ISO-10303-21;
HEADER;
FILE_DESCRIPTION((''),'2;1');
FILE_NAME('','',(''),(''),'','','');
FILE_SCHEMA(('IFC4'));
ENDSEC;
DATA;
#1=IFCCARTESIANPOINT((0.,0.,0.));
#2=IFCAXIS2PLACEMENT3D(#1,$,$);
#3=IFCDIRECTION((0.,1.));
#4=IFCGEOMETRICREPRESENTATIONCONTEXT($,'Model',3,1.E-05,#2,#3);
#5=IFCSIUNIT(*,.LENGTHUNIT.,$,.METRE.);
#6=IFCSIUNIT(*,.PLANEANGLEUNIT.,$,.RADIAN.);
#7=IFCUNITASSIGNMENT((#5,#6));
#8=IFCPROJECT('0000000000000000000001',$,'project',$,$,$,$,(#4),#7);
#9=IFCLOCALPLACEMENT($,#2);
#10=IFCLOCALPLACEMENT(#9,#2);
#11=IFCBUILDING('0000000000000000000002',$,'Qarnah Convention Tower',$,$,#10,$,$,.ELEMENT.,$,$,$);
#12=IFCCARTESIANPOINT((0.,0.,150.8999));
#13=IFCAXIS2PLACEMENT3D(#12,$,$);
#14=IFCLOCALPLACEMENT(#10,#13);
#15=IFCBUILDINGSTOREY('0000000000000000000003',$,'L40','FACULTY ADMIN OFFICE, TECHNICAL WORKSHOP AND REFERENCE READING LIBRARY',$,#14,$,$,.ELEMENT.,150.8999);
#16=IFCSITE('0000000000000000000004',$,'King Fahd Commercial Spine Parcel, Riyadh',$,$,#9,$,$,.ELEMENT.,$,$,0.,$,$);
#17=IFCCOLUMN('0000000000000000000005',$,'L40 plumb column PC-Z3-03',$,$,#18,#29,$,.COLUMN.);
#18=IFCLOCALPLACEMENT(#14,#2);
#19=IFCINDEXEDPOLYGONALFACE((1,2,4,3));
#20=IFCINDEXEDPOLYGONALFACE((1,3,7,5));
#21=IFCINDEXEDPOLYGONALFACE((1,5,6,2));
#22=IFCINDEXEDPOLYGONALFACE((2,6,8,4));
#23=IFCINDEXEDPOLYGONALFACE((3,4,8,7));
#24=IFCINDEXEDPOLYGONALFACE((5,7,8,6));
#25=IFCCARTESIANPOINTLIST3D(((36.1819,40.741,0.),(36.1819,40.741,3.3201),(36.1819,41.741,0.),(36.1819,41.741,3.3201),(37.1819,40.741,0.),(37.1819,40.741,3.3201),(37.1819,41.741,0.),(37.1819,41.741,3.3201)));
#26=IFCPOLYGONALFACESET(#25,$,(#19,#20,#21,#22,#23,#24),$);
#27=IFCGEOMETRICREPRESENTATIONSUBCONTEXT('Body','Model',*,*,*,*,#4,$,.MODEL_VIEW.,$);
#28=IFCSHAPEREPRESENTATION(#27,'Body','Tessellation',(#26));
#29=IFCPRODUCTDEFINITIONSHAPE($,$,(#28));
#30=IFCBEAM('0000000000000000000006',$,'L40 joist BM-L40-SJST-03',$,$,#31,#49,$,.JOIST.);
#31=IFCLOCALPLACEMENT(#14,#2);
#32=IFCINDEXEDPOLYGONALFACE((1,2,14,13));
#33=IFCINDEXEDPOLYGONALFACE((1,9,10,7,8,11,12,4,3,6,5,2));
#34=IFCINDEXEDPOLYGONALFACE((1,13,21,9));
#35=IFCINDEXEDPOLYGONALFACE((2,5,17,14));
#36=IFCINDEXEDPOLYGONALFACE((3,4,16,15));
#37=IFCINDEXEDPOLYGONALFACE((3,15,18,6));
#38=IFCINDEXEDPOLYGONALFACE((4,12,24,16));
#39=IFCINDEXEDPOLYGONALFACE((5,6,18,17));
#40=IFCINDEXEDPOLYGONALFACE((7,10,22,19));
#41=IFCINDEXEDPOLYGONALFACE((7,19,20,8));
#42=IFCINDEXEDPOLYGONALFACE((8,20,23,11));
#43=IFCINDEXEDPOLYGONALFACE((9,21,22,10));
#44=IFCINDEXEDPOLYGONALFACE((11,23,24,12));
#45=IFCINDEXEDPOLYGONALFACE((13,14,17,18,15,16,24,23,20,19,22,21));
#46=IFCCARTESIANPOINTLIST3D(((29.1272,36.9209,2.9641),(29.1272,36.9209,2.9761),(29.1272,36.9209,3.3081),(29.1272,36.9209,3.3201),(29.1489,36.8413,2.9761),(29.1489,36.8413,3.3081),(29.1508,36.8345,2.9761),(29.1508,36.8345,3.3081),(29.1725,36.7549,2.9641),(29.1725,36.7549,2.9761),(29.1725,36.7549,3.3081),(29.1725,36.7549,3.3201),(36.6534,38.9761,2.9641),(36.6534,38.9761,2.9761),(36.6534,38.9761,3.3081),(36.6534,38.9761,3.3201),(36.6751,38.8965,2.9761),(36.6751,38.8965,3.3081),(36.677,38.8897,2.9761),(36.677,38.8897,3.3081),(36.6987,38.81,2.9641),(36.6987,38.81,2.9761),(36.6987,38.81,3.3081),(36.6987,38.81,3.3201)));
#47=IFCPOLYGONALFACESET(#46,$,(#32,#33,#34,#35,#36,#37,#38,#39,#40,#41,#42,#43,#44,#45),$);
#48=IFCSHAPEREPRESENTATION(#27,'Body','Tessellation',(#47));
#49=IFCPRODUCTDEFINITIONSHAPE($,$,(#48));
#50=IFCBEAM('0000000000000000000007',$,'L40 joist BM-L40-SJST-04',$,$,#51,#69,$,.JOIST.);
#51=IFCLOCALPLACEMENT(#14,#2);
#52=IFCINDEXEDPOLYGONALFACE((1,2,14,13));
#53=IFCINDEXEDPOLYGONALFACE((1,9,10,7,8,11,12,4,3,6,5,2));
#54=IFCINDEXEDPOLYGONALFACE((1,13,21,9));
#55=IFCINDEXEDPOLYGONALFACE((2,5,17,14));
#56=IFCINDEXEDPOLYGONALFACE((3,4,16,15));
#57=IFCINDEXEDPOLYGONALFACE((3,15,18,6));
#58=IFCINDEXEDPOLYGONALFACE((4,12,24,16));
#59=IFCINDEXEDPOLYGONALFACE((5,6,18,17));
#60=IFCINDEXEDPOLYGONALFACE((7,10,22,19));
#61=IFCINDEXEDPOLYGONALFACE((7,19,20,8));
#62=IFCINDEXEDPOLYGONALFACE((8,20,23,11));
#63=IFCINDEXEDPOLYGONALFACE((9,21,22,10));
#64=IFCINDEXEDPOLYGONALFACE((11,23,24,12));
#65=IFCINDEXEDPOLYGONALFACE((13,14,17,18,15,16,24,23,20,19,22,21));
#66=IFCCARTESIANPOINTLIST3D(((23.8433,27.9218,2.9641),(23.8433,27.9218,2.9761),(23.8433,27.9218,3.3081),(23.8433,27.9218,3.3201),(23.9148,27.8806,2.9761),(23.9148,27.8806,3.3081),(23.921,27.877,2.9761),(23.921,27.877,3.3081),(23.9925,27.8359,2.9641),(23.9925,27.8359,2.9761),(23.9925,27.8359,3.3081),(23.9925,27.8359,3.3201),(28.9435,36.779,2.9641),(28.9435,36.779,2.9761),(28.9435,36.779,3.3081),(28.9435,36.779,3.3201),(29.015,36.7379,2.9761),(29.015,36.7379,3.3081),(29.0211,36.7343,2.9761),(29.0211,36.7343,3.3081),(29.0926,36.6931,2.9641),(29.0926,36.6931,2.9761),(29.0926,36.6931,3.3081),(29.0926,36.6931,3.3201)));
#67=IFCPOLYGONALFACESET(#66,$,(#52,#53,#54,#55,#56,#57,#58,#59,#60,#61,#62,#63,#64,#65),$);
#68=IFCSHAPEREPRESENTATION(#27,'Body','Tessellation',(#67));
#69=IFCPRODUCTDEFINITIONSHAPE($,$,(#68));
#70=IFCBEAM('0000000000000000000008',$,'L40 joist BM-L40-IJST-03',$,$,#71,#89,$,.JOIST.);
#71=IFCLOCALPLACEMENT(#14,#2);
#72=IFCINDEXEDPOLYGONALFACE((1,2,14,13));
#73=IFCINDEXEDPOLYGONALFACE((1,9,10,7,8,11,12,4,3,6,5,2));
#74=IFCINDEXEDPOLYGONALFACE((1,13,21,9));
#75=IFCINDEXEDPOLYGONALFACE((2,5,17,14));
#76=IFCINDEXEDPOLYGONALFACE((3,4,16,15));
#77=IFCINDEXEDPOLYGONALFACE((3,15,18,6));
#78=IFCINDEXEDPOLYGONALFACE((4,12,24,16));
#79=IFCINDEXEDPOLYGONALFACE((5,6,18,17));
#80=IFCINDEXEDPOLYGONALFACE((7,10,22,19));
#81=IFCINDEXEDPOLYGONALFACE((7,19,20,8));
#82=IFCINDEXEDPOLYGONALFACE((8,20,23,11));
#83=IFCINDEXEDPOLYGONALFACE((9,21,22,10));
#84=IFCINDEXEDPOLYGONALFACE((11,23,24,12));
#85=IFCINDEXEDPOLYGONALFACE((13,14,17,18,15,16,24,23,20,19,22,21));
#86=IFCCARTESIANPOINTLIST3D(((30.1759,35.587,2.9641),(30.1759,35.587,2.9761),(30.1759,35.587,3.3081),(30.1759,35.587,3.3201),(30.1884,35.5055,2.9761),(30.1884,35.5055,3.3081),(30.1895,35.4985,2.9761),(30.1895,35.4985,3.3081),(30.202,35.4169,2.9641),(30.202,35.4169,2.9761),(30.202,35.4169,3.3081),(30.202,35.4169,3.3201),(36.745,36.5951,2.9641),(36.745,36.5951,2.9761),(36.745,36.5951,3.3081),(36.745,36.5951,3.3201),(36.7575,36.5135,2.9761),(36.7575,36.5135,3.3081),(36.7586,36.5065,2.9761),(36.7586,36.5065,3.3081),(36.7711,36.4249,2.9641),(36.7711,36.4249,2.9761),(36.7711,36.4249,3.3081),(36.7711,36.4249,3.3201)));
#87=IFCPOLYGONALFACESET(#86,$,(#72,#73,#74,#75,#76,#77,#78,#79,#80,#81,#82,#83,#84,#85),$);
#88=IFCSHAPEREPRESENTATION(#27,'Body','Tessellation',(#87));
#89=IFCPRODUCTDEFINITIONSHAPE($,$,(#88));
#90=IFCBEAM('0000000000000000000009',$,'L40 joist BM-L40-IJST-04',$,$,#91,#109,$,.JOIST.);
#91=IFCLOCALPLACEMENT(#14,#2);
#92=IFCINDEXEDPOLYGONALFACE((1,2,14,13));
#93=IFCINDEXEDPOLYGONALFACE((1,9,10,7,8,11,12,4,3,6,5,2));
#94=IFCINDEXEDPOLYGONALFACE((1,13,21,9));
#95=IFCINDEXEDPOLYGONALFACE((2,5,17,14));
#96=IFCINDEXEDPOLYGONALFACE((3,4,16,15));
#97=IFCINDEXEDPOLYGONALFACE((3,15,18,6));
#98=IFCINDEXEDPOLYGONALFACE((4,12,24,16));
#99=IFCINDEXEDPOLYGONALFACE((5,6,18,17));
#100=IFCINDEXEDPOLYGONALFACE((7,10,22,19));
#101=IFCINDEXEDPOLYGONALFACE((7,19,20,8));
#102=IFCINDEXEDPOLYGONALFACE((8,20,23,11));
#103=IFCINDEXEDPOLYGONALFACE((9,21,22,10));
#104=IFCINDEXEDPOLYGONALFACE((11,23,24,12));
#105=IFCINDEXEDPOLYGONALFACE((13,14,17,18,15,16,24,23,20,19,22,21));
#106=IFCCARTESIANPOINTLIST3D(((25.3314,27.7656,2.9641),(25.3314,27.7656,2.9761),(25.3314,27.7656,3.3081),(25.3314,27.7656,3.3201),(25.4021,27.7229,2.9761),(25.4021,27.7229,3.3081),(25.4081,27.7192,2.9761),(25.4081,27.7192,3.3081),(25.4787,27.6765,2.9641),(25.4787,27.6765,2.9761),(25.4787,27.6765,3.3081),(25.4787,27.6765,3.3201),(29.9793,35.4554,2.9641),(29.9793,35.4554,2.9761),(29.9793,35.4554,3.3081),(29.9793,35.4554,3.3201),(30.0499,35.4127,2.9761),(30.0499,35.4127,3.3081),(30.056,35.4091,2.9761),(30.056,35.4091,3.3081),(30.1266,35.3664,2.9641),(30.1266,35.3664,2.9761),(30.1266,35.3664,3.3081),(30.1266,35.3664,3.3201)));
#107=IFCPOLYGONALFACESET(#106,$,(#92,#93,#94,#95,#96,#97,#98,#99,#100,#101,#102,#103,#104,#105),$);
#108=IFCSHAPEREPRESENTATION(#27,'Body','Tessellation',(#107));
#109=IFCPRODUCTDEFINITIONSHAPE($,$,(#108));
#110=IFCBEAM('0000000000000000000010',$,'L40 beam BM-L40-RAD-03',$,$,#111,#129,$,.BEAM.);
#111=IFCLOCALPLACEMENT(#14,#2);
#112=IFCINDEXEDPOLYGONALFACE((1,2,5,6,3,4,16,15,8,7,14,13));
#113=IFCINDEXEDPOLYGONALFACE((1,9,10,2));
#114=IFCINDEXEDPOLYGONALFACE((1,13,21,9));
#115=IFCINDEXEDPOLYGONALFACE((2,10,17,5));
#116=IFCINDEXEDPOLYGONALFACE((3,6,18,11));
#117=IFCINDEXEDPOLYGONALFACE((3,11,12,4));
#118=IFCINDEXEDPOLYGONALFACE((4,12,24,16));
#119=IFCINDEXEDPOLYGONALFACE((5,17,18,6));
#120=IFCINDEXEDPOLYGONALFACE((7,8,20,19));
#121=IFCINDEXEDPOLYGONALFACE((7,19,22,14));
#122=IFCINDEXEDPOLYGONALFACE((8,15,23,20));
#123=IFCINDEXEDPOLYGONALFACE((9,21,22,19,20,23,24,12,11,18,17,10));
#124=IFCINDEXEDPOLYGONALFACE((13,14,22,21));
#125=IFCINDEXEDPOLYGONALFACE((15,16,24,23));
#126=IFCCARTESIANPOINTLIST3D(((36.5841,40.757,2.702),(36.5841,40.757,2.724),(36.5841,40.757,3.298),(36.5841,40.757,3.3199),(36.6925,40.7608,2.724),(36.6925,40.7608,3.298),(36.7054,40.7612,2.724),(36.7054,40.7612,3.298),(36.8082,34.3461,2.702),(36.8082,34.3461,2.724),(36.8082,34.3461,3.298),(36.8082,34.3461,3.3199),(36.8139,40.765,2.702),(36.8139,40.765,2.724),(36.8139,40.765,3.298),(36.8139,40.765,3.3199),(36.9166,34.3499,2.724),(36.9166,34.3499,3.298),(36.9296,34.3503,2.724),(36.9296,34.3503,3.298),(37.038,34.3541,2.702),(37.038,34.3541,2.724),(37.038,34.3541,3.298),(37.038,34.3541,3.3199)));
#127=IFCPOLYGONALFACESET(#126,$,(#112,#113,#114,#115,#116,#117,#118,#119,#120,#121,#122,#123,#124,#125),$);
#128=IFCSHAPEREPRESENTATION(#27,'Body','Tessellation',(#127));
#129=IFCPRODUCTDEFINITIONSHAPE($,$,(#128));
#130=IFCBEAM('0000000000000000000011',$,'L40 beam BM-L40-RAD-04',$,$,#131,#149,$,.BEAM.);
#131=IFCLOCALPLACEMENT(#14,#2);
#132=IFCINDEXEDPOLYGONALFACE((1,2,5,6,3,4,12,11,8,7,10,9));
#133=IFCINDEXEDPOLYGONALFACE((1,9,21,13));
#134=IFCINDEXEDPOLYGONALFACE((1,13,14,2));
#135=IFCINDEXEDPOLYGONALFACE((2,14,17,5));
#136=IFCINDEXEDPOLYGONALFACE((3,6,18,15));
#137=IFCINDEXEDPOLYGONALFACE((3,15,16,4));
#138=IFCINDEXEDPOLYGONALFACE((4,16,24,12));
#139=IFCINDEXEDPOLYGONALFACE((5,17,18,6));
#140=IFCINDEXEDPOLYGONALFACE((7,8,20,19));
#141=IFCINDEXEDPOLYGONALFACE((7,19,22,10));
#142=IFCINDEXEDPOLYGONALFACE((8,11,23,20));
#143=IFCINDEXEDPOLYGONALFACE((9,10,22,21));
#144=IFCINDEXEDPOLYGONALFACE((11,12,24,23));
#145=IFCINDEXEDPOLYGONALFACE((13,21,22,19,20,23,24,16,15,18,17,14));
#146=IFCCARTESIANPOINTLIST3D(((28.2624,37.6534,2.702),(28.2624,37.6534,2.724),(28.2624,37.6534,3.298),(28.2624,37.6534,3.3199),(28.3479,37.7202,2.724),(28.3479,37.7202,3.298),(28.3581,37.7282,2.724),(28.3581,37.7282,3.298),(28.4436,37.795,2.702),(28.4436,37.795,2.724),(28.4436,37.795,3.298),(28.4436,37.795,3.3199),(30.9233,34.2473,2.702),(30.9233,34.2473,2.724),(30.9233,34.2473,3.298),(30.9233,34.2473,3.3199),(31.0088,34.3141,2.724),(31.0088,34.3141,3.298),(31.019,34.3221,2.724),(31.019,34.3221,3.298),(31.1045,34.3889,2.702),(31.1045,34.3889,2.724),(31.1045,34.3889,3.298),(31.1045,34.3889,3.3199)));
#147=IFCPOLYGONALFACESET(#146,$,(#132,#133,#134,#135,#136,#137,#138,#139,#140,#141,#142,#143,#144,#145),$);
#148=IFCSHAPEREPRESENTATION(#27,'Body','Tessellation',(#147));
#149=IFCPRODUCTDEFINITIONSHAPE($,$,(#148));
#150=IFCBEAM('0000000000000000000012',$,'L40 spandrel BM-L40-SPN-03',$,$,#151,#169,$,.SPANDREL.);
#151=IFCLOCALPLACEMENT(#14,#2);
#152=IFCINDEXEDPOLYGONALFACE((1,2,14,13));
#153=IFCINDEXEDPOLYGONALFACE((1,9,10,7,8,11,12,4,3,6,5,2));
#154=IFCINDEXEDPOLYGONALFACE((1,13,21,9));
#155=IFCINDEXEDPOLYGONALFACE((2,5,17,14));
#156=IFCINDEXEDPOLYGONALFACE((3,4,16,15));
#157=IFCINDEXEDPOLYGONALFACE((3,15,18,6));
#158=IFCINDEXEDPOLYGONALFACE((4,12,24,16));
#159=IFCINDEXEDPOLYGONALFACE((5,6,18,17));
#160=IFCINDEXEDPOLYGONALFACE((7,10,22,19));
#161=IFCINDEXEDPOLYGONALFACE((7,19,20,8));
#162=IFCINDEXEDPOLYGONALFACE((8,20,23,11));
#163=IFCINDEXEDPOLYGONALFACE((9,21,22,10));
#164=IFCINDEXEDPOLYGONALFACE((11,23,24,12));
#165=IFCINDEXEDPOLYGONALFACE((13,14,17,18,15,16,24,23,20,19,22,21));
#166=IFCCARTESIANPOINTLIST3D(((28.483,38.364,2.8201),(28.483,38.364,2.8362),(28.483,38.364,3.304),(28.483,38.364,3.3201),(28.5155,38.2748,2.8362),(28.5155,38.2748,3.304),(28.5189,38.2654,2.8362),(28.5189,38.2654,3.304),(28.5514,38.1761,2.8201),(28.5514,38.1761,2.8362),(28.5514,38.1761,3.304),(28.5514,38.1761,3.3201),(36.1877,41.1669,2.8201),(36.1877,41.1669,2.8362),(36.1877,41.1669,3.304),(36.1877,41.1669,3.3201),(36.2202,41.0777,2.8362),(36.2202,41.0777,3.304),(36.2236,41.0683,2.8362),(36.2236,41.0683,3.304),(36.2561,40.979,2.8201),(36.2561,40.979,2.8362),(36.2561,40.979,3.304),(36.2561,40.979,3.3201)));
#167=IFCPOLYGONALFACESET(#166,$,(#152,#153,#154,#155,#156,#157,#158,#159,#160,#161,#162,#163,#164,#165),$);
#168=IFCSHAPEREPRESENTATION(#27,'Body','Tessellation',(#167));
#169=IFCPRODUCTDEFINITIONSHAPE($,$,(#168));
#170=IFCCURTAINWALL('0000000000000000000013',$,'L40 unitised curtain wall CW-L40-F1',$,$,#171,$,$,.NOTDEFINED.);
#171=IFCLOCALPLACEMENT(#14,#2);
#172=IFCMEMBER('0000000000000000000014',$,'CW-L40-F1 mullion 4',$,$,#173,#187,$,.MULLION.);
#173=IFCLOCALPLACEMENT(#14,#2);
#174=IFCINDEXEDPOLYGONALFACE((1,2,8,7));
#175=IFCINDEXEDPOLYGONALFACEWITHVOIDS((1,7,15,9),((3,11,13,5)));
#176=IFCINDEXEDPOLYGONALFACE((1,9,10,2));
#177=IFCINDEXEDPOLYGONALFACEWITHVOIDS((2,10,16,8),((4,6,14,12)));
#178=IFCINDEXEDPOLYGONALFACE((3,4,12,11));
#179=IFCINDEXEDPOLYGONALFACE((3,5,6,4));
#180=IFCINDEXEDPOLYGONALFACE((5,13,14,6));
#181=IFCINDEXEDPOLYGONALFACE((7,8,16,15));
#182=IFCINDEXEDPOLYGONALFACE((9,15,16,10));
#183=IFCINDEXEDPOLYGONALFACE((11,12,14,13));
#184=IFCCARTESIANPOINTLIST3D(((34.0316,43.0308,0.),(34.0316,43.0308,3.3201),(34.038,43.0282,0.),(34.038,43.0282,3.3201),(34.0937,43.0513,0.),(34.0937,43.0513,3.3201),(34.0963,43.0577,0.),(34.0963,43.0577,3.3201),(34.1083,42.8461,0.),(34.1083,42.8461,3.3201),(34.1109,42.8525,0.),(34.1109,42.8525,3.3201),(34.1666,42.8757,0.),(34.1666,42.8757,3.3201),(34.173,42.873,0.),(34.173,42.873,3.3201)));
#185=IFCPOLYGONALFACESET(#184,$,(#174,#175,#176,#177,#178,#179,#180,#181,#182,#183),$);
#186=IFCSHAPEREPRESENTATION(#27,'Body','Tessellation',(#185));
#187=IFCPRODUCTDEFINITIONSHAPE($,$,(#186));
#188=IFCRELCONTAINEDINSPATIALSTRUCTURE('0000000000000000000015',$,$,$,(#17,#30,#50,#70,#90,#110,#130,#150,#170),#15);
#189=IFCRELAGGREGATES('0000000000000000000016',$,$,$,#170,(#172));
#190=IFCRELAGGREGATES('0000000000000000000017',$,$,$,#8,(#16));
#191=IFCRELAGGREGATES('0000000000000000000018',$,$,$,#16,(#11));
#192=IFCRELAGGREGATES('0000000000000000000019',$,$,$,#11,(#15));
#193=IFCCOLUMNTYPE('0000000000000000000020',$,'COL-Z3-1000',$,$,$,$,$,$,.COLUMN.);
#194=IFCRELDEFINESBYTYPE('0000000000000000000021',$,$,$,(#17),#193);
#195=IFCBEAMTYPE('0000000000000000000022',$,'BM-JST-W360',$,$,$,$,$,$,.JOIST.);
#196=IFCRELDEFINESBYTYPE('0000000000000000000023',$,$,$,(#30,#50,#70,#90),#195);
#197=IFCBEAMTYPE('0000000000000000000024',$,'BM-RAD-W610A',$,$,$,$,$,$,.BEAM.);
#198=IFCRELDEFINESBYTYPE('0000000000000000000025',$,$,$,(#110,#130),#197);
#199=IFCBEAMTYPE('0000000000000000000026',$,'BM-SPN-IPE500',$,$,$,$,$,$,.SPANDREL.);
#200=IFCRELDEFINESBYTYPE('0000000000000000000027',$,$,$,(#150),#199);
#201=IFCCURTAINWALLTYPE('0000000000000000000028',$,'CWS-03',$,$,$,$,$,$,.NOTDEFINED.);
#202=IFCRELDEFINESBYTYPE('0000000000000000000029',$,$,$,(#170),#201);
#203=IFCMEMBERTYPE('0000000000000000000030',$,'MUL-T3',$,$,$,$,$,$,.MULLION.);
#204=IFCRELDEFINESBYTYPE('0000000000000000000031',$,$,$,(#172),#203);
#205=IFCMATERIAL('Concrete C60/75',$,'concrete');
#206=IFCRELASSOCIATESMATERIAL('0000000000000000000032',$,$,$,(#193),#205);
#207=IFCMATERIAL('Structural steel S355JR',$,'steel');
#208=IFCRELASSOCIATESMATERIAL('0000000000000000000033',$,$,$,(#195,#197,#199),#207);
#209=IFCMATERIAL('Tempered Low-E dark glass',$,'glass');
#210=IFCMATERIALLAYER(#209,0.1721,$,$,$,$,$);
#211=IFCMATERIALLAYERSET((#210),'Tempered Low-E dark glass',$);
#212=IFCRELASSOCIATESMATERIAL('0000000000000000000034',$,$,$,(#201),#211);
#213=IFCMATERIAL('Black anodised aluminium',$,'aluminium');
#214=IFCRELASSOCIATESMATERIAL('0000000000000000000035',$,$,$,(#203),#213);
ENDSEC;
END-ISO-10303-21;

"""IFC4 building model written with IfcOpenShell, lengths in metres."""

from ifc_helpers import new_model, si_unit, direction, frame, origin, origin_2d, place, context, subcontext, project, spatial, rectangle, hollow_rectangle, i_section, extrude, material, layer, layer_set, material_profile, profile_set, type_object, element, aggregate, save


model = new_model("IFC4")

# Units and contexts
model_context = context("Model", 3, precision=1e-05, world=origin(), true_north=direction((0.0, 1.0)))
body_context = subcontext(model_context, "Body", "Model", "MODEL_VIEW")
ifc_project = project(units=[si_unit("LENGTHUNIT", "METRE"), si_unit("PLANEANGLEUNIT", "RADIAN")], contexts=[model_context])

# Site, building, storey
site_placement = place(None, origin())
site = spatial("IfcSite", under=ifc_project, at=site_placement, Name="King Fahd Commercial Spine Parcel, Riyadh", CompositionType="ELEMENT", RefElevation=0.0)
building_placement = place(site_placement, origin())
building = spatial("IfcBuilding", under=site, at=building_placement, Name="Qarnah Convention Tower", CompositionType="ELEMENT")
storey_placement = place(building_placement, frame((0.0, 0.0, 150.8999)))
storey = spatial("IfcBuildingStorey", under=building, at=storey_placement, Name="L40", Description="FACULTY ADMIN OFFICE, TECHNICAL WORKSHOP AND REFERENCE READING LIBRARY", CompositionType="ELEMENT", Elevation=150.8999)

# Column
ifc_material_1 = material(Name="Concrete C60/75", Category="concrete")
ifc_material_profile_1 = material_profile(ifc_material_1, rectangle(XDim=1.0, YDim=1.0, at=origin_2d()), Name="RC-COL-1000X1000")
ifc_profile_set_1 = profile_set([ifc_material_profile_1], Name="Concrete C60/75")
column_type = type_object("IfcColumnType", Name="COL-Z3-1000", PredefinedType="COLUMN", material=ifc_profile_set_1)
column_placement = place(storey_placement, frame((36.6819, 41.241, 0.0), z_axis=(0.0, 0.0, 1.0), x_axis=(1.0, 0.0, 0.0)))
element("IfcColumn", 1, at=column_placement, inside=storey, type_object=column_type, Name="L40 plumb column PC-Z3-03", PredefinedType="COLUMN", context=body_context, shape_type="SweptSolid", body=[
    extrude(rectangle(XDim=1.0, YDim=1.0, at=origin_2d()), origin(), (0.0, 0.0, 1.0), 3.3201),
])

# Beams
ifc_material_2 = material(Name="Structural steel S355JR", Category="steel")
ifc_material_profile_2 = material_profile(ifc_material_2, i_section(OverallWidth=0.1721, OverallDepth=0.356, WebThickness=0.0071, FlangeThickness=0.012, at=origin_2d()), Name="W360X51")
ifc_profile_set_2 = profile_set([ifc_material_profile_2], Name="Structural steel S355JR")
beam_type_1 = type_object("IfcBeamType", Name="BM-JST-W360", PredefinedType="JOIST", material=ifc_profile_set_2)
beam_1_placement = place(storey_placement, frame((36.676, 38.8931, 3.1421), z_axis=(-0.964679, -0.263427, 0.0), x_axis=(0.263427, -0.964679, 0.0)))
element("IfcBeam", 2, at=beam_1_placement, inside=storey, type_object=beam_type_1, Name="L40 joist BM-L40-SJST-03", PredefinedType="JOIST", context=body_context, shape_type="SweptSolid", body=[
    extrude(i_section(OverallWidth=0.1721, OverallDepth=0.356, WebThickness=0.0071, FlangeThickness=0.012, at=origin_2d()), origin(), (0.0, 0.0, 1.0), 7.8018),
])
beam_2_placement = place(storey_placement, frame((29.0181, 36.7361, 3.1421), z_axis=(-0.499002, -0.866601, 0.0), x_axis=(0.866601, -0.499002, 0.0)))
element("IfcBeam", 3, at=beam_2_placement, inside=storey, type_object=beam_type_1, Name="L40 joist BM-L40-SJST-04", PredefinedType="JOIST", context=body_context, shape_type="SweptSolid", body=[
    extrude(i_section(OverallWidth=0.1721, OverallDepth=0.356, WebThickness=0.0071, FlangeThickness=0.012, at=origin_2d()), origin(), (0.0, 0.0, 1.0), 10.2207),
])
beam_3_placement = place(storey_placement, frame((36.7581, 36.51, 3.1421), z_axis=(-0.98843, -0.151679, 0.0), x_axis=(0.151679, -0.98843, 0.0)))
element("IfcBeam", 4, at=beam_3_placement, inside=storey, type_object=beam_type_1, Name="L40 joist BM-L40-IJST-03", PredefinedType="JOIST", context=body_context, shape_type="SweptSolid", body=[
    extrude(i_section(OverallWidth=0.1721, OverallDepth=0.356, WebThickness=0.0071, FlangeThickness=0.012, at=origin_2d()), origin(), (0.0, 0.0, 1.0), 6.646),
])
beam_4_placement = place(storey_placement, frame((30.053, 35.4109, 3.1421), z_axis=(-0.517274, -0.85582, 0.0), x_axis=(0.85582, -0.517274, 0.0)))
element("IfcBeam", 5, at=beam_4_placement, inside=storey, type_object=beam_type_1, Name="L40 joist BM-L40-IJST-04", PredefinedType="JOIST", context=body_context, shape_type="SweptSolid", body=[
    extrude(i_section(OverallWidth=0.1721, OverallDepth=0.356, WebThickness=0.0071, FlangeThickness=0.012, at=origin_2d()), origin(), (0.0, 0.0, 1.0), 8.9854),
])
ifc_material_profile_3 = material_profile(ifc_material_2, i_section(OverallWidth=0.23, OverallDepth=0.6179, WebThickness=0.0129, FlangeThickness=0.022, at=origin_2d()), Name="W610X140")
ifc_profile_set_3 = profile_set([ifc_material_profile_3], Name="Structural steel S355JR")
beam_type_2 = type_object("IfcBeamType", Name="BM-RAD-W610A", PredefinedType="BEAM", material=ifc_profile_set_3)
beam_5_placement = place(storey_placement, frame((36.9231, 34.3501, 3.011), z_axis=(-0.034938, 0.999389, 0.0), x_axis=(-0.999389, -0.034938, 0.0)))
element("IfcBeam", 6, at=beam_5_placement, inside=storey, type_object=beam_type_2, Name="L40 beam BM-L40-RAD-03", PredefinedType="BEAM", context=body_context, shape_type="SweptSolid", body=[
    extrude(i_section(OverallWidth=0.23, OverallDepth=0.6179, WebThickness=0.0129, FlangeThickness=0.022, at=origin_2d()), origin(), (0.0, 0.0, 1.0), 6.4148),
])
beam_6_placement = place(storey_placement, frame((31.0139, 34.3181, 3.011), z_axis=(-0.615636, 0.78803, 0.0), x_axis=(-0.78803, -0.615636, 0.0)))
element("IfcBeam", 7, at=beam_6_placement, inside=storey, type_object=beam_type_2, Name="L40 beam BM-L40-RAD-04", PredefinedType="BEAM", context=body_context, shape_type="SweptSolid", body=[
    extrude(i_section(OverallWidth=0.23, OverallDepth=0.6179, WebThickness=0.0129, FlangeThickness=0.022, at=origin_2d()), origin(), (0.0, 0.0, 1.0), 4.3223),
])
ifc_material_profile_4 = material_profile(ifc_material_2, i_section(OverallWidth=0.2, OverallDepth=0.5, WebThickness=0.01, FlangeThickness=0.0161, at=origin_2d()), Name="IPE500")
ifc_profile_set_4 = profile_set([ifc_material_profile_4], Name="Structural steel S355JR")
beam_type_3 = type_object("IfcBeamType", Name="BM-SPN-IPE500", PredefinedType="SPANDREL", material=ifc_profile_set_4)
beam_7_placement = place(storey_placement, frame((36.2219, 41.073, 3.0701), z_axis=(-0.939746, -0.341875, 0.0), x_axis=(0.341875, -0.939746, 0.0)))
element("IfcBeam", 8, at=beam_7_placement, inside=storey, type_object=beam_type_3, Name="L40 spandrel BM-L40-SPN-03", PredefinedType="SPANDREL", context=body_context, shape_type="SweptSolid", body=[
    extrude(i_section(OverallWidth=0.2, OverallDepth=0.5, WebThickness=0.01, FlangeThickness=0.0161, at=origin_2d()), origin(), (0.0, 0.0, 1.0), 8.1987),
])

# Curtain wall, member
ifc_material_3 = material(Name="Tempered Low-E dark glass", Category="glass")
ifc_layer_1 = layer(ifc_material_3, 0.1721)
ifc_layer_set_1 = layer_set([ifc_layer_1], Name="Tempered Low-E dark glass")
curtain_wall_type = type_object("IfcCurtainWallType", Name="CWS-03", PredefinedType="NOTDEFINED", material=ifc_layer_set_1)
curtain_wall_placement = place(storey_placement, origin())
curtain_wall = element("IfcCurtainWall", 9, at=curtain_wall_placement, inside=storey, type_object=curtain_wall_type, Name="L40 unitised curtain wall CW-L40-F1", PredefinedType="NOTDEFINED")
ifc_material_4 = material(Name="Black anodised aluminium", Category="aluminium")
ifc_material_profile_5 = material_profile(ifc_material_4, hollow_rectangle(XDim=0.0701, YDim=0.2, WallThickness=0.0049, at=origin_2d()), Name="MUL-70X200")
ifc_profile_set_5 = profile_set([ifc_material_profile_5], Name="Black anodised aluminium")
member_type = type_object("IfcMemberType", Name="MUL-T3", PredefinedType="MULLION", material=ifc_profile_set_5)
member_placement = place(storey_placement, frame((34.1023, 42.9519, 0.0), z_axis=(0.0, 0.0, 1.0), x_axis=(0.923479, 0.383649, 0.0)))
member = element("IfcMember", 10, at=member_placement, type_object=member_type, Name="CW-L40-F1 mullion 4", PredefinedType="MULLION", context=body_context, shape_type="SweptSolid", body=[
    extrude(hollow_rectangle(XDim=0.0701, YDim=0.2, WallThickness=0.0049, at=origin_2d()), origin(), (0.0, 0.0, 1.0), 3.3201),
])
aggregate(curtain_wall, [member])

save(model, "model.ifc")
